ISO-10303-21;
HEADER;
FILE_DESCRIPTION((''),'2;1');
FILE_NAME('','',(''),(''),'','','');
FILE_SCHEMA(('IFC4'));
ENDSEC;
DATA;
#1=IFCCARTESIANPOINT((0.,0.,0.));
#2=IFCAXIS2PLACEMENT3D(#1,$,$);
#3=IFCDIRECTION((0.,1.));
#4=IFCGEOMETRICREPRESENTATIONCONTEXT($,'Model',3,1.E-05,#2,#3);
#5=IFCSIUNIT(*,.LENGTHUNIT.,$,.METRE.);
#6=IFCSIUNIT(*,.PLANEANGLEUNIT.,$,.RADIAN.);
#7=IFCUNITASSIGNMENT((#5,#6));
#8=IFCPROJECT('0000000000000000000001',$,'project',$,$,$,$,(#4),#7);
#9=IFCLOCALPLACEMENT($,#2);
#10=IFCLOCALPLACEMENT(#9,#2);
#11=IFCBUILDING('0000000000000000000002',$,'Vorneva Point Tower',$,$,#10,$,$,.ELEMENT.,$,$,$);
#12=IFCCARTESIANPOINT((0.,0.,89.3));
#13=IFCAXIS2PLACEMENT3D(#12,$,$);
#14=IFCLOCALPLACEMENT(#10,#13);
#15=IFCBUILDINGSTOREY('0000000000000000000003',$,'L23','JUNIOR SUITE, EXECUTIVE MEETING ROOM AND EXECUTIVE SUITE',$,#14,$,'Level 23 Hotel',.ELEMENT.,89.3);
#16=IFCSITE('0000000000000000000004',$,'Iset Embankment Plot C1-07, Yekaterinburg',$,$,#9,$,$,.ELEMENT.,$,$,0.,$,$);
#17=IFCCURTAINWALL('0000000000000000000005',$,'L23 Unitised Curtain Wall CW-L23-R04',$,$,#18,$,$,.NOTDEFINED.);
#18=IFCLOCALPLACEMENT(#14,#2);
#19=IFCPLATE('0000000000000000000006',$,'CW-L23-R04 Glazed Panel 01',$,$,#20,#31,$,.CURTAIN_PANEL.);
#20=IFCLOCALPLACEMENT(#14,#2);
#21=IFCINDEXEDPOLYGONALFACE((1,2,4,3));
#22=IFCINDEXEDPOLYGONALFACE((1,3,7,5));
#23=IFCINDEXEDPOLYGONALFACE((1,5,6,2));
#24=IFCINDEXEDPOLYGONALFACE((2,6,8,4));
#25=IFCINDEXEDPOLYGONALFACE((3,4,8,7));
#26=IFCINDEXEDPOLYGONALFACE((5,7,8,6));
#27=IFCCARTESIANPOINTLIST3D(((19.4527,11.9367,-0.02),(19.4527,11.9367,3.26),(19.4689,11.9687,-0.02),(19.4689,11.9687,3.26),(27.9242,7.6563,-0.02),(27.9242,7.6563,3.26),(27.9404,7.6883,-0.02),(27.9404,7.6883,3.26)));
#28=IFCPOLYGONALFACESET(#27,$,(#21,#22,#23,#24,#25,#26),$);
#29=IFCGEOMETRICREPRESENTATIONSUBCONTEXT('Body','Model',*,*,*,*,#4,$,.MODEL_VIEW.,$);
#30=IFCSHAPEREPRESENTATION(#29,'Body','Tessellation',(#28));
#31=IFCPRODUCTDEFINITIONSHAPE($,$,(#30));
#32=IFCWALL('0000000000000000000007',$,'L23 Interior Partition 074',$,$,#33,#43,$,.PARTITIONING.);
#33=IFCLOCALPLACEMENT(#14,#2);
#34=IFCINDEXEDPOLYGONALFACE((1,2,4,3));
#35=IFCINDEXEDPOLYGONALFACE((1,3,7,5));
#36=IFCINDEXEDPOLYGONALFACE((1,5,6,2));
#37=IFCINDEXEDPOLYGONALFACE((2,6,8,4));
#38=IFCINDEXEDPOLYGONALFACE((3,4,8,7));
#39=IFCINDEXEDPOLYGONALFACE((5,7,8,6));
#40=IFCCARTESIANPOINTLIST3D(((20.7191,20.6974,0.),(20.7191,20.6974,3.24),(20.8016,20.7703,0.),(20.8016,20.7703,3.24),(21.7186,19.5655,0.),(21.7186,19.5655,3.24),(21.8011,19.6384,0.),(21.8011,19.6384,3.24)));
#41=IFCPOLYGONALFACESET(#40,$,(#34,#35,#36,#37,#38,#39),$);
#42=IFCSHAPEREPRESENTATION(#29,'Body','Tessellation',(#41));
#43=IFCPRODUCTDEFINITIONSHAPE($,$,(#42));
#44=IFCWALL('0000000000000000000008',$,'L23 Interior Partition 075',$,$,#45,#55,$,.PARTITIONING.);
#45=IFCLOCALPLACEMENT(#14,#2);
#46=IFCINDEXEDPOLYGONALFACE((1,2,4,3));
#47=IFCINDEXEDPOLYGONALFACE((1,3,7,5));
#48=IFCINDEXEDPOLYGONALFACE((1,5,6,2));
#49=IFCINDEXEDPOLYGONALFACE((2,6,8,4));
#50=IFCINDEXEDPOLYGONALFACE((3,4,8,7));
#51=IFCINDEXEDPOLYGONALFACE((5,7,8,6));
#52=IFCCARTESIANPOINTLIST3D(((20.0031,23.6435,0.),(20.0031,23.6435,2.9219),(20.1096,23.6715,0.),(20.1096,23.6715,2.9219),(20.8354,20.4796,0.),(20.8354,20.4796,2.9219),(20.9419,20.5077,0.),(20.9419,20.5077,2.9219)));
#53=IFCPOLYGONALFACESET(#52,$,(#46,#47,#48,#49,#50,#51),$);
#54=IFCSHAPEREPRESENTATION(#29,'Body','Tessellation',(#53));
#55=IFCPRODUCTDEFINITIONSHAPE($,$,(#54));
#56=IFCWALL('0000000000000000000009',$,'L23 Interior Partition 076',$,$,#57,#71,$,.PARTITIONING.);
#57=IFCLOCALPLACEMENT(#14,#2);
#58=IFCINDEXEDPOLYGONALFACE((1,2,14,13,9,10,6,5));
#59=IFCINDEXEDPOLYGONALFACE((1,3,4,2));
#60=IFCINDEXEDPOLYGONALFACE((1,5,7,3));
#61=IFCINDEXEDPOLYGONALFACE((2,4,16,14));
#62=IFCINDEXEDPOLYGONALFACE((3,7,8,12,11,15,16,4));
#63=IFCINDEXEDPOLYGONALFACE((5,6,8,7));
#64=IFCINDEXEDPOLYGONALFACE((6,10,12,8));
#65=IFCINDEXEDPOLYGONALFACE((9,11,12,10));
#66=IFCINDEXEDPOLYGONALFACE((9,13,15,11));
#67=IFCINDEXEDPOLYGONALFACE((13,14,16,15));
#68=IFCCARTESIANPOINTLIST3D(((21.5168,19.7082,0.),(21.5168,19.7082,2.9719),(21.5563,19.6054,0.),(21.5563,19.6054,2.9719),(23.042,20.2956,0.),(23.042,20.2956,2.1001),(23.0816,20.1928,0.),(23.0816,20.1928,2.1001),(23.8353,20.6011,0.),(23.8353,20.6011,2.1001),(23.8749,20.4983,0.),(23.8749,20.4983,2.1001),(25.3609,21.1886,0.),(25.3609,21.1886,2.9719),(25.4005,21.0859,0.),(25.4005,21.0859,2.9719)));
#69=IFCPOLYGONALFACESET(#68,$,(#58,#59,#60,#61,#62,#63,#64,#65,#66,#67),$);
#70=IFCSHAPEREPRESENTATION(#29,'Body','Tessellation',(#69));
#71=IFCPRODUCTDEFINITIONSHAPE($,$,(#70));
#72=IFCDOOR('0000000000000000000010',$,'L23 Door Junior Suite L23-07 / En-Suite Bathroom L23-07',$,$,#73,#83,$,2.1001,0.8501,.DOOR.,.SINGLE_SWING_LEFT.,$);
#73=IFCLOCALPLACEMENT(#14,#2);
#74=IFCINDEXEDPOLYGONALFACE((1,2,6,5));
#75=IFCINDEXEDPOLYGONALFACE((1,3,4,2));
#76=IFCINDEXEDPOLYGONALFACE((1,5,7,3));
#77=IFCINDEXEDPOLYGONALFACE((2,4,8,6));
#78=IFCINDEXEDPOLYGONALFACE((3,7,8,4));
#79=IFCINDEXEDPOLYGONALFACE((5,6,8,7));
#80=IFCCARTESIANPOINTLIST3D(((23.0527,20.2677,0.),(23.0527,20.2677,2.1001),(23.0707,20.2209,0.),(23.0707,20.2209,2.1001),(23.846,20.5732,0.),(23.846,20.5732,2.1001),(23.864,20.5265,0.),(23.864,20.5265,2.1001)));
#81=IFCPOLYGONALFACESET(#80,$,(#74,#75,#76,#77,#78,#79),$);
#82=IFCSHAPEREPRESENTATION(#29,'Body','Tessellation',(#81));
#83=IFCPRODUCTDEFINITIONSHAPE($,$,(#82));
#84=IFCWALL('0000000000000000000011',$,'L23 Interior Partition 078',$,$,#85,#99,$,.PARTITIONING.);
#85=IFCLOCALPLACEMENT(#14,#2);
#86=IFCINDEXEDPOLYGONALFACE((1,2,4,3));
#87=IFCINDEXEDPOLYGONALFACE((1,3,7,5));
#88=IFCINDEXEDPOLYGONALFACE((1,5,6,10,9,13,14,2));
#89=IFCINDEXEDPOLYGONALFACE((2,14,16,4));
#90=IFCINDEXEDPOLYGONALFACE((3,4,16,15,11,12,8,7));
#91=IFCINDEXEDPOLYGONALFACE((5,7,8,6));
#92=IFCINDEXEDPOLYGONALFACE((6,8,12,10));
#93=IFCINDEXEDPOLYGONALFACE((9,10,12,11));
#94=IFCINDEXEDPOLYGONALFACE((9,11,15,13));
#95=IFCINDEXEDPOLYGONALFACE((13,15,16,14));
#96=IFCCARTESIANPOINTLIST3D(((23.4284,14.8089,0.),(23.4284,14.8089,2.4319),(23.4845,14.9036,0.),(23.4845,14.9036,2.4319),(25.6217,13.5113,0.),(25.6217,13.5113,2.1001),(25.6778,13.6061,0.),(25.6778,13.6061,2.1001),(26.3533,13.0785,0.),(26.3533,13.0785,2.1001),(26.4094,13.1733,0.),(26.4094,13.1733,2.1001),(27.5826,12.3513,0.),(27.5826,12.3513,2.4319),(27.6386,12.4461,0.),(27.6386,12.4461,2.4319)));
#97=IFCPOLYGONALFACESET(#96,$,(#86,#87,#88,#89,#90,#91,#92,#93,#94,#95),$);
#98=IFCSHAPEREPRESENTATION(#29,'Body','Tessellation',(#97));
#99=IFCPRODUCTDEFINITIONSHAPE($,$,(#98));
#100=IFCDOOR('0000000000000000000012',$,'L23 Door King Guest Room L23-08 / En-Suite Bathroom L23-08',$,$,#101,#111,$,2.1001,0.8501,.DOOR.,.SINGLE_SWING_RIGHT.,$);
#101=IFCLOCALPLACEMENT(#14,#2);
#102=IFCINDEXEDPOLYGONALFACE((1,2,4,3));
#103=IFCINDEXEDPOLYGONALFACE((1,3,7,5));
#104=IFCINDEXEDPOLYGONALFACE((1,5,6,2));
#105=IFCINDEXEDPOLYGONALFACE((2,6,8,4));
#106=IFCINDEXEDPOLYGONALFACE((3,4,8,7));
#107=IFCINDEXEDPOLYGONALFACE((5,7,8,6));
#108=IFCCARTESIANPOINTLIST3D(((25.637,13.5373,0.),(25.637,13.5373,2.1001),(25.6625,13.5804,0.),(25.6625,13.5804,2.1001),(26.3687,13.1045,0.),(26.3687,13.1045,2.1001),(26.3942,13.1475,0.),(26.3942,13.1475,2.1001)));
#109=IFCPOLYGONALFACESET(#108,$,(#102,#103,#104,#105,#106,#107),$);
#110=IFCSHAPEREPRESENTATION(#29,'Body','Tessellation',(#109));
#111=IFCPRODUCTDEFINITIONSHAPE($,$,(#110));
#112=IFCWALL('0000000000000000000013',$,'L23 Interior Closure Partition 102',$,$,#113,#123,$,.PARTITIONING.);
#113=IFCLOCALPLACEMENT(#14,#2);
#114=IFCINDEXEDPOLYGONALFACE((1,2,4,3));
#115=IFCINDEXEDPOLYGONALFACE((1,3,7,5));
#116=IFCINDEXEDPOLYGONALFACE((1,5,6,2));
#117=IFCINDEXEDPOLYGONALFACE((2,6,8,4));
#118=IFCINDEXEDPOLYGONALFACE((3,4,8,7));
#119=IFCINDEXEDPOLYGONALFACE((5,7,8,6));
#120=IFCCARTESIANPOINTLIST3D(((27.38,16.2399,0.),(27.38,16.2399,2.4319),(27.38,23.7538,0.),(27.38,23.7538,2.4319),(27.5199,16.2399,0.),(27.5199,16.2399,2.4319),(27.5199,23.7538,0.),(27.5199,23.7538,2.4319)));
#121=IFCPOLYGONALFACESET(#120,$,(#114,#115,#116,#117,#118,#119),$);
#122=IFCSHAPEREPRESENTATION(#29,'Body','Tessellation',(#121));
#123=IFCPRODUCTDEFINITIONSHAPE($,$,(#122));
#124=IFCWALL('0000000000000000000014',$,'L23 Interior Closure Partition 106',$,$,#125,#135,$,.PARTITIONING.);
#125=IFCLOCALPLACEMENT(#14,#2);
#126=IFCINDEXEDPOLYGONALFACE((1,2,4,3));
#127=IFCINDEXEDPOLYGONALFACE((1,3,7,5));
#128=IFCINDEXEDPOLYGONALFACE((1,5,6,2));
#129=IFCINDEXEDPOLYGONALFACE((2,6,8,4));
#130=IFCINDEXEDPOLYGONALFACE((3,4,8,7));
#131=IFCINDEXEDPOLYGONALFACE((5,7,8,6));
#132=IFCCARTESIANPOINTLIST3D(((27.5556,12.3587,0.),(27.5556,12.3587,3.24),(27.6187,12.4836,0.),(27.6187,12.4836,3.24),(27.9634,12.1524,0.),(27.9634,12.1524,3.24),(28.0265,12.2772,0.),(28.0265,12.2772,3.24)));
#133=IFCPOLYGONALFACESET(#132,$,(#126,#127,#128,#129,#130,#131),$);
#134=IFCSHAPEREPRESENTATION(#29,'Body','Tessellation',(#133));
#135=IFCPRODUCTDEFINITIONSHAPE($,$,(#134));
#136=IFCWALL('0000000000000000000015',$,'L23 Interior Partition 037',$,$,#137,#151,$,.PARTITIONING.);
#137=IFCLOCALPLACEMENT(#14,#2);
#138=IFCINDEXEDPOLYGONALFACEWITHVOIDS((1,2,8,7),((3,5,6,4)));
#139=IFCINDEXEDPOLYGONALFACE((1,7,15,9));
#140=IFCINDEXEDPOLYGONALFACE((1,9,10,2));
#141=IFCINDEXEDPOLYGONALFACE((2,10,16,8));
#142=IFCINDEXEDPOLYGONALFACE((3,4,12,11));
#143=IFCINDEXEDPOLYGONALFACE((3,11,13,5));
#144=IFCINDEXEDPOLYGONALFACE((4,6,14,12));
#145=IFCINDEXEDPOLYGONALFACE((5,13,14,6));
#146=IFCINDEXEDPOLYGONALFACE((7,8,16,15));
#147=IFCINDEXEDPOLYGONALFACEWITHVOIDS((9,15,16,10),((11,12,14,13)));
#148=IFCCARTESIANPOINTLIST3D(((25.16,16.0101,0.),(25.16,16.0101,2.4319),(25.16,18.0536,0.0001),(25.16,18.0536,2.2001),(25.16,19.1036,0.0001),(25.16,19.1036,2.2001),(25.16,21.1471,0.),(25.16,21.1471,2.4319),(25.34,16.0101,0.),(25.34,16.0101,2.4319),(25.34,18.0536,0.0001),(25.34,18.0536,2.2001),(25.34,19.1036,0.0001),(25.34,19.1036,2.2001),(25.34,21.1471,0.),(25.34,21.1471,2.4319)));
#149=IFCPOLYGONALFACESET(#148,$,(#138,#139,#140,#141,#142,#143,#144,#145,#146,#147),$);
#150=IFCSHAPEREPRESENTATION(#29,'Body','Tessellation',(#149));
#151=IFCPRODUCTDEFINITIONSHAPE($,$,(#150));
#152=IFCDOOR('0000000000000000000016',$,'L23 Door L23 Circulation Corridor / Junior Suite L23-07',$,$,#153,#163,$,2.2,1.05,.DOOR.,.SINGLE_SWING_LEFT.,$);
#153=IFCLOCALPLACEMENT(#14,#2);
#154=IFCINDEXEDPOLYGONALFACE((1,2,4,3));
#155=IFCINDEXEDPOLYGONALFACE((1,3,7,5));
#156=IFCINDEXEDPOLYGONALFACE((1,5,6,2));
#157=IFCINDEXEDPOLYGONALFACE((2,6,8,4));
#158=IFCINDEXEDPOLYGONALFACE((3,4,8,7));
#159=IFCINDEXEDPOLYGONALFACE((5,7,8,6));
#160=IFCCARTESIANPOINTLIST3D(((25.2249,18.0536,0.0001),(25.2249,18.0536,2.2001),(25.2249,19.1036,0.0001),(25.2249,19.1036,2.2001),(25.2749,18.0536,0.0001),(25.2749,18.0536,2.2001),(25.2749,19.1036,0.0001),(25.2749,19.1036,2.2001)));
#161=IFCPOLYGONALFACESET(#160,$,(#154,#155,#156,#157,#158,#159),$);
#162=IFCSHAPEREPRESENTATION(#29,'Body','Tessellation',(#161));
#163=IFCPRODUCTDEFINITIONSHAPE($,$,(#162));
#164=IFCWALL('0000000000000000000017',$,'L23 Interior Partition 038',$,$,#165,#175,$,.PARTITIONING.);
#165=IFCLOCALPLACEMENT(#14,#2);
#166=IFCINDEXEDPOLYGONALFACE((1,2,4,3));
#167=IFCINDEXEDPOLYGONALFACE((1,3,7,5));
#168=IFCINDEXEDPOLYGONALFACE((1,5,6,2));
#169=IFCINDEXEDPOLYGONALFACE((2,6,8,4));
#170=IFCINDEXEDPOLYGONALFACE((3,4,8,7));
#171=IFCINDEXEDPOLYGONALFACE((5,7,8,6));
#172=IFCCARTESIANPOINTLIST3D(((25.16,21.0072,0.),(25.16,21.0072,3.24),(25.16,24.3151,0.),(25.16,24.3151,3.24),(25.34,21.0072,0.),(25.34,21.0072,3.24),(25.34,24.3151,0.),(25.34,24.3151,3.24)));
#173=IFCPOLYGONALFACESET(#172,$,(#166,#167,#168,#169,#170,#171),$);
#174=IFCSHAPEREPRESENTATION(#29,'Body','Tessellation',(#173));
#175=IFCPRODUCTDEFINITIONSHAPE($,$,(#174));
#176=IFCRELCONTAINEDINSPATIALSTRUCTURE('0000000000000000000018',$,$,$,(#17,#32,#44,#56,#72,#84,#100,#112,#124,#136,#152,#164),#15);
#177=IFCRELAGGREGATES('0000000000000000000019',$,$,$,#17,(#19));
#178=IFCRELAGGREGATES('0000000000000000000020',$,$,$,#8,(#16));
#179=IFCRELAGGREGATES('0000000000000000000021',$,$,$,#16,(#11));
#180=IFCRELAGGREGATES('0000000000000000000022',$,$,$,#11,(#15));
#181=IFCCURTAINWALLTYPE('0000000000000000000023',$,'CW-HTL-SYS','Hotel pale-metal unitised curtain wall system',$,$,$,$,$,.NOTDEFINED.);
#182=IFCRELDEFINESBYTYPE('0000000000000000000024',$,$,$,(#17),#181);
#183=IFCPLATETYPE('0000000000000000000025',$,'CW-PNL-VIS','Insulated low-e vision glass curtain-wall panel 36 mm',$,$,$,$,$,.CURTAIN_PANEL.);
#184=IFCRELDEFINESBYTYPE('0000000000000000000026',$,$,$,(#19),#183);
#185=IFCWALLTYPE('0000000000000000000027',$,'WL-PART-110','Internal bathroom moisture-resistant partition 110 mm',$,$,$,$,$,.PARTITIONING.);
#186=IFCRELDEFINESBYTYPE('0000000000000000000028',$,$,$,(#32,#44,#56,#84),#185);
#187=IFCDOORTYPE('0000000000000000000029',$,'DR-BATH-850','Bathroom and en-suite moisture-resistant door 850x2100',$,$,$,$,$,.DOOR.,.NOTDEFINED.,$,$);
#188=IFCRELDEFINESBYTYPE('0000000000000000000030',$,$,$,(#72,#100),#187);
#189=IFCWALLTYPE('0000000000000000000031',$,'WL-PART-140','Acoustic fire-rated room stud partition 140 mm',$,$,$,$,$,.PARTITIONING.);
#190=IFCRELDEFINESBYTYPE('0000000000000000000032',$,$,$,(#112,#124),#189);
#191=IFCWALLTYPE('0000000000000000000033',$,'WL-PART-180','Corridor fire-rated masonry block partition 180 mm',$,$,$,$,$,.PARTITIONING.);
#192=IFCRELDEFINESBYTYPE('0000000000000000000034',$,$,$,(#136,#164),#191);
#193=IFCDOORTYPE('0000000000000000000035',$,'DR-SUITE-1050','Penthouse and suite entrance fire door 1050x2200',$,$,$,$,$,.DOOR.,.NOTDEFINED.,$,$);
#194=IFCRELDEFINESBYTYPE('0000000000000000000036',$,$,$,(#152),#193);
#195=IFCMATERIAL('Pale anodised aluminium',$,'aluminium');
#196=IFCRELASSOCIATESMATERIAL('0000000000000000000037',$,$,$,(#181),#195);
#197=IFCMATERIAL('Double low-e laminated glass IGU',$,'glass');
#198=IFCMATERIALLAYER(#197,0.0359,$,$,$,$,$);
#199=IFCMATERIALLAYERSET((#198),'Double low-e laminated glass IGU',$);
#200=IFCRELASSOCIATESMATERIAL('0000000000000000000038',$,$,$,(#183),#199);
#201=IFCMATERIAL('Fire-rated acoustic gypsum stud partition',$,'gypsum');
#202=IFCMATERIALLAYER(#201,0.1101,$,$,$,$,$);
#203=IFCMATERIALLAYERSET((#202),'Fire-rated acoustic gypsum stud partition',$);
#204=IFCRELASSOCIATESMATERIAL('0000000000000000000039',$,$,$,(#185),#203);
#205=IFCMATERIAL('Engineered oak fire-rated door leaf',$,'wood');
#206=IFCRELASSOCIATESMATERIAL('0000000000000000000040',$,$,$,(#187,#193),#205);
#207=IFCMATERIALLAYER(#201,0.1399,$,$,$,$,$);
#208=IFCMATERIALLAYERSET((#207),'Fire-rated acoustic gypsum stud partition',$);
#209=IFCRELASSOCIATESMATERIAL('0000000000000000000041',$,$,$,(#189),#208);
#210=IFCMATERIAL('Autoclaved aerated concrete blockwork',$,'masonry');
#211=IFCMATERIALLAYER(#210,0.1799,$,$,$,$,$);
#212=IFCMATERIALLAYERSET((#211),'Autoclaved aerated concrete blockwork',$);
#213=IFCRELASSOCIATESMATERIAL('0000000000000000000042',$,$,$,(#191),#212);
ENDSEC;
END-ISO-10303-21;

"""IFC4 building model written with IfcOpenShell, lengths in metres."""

from ifc_helpers import new_model, si_unit, direction, frame, frame_2d, origin, origin_2d, place, context, subcontext, project, spatial, rectangle, extrude, material, layer, layer_set, type_object, element, fill, aggregate, save


model = new_model("IFC4")

# Units and contexts
model_context = context("Model", 3, precision=1e-05, world=origin(), true_north=direction((0.0, 1.0)))
body_context = subcontext(model_context, "Body", "Model", "MODEL_VIEW")
ifc_project = project(units=[si_unit("LENGTHUNIT", "METRE"), si_unit("PLANEANGLEUNIT", "RADIAN")], contexts=[model_context])

# Site, building, storey
site_placement = place(None, origin())
site = spatial("IfcSite", under=ifc_project, at=site_placement, Name="Iset Embankment Plot C1-07, Yekaterinburg", CompositionType="ELEMENT", RefElevation=0.0)
building_placement = place(site_placement, origin())
building = spatial("IfcBuilding", under=site, at=building_placement, Name="Vorneva Point Tower", CompositionType="ELEMENT")
storey_placement = place(building_placement, frame((0.0, 0.0, 89.3)))
storey = spatial("IfcBuildingStorey", under=building, at=storey_placement, Name="L23", Description="JUNIOR SUITE, EXECUTIVE MEETING ROOM AND EXECUTIVE SUITE", LongName="Level 23 Hotel", CompositionType="ELEMENT", Elevation=89.3)

# Curtain wall, plate
ifc_material_1 = material(Name="Pale anodised aluminium", Category="aluminium")
curtain_wall_type = type_object("IfcCurtainWallType", Name="CW-HTL-SYS", Description="Hotel pale-metal unitised curtain wall system", PredefinedType="NOTDEFINED", material=ifc_material_1)
curtain_wall_placement = place(storey_placement, origin())
curtain_wall = element("IfcCurtainWall", 1, at=curtain_wall_placement, inside=storey, type_object=curtain_wall_type, Name="L23 Unitised Curtain Wall CW-L23-R04", PredefinedType="NOTDEFINED")
ifc_material_2 = material(Name="Double low-e laminated glass IGU", Category="glass")
ifc_layer_1 = layer(ifc_material_2, 0.0359)
ifc_layer_set_1 = layer_set([ifc_layer_1], Name="Double low-e laminated glass IGU")
plate_type = type_object("IfcPlateType", Name="CW-PNL-VIS", Description="Insulated low-e vision glass curtain-wall panel 36 mm", PredefinedType="CURTAIN_PANEL", material=ifc_layer_set_1)
plate_placement = place(storey_placement, frame((23.6965, 9.8125, -0.02), z_axis=(0.0, 0.0, 1.0), x_axis=(0.892539, -0.450971, 0.0)))
plate = element("IfcPlate", 2, at=plate_placement, type_object=plate_type, Name="CW-L23-R04 Glazed Panel 01", PredefinedType="CURTAIN_PANEL", context=body_context, shape_type="SweptSolid", body=[
    extrude(rectangle(XDim=9.4915, YDim=0.0359, at=origin_2d()), origin(), (0.0, 0.0, 1.0), 3.28),
])
aggregate(curtain_wall, [plate])

# Walls
ifc_material_3 = material(Name="Fire-rated acoustic gypsum stud partition", Category="gypsum")
ifc_layer_2 = layer(ifc_material_3, 0.1101)
ifc_layer_set_2 = layer_set([ifc_layer_2], Name="Fire-rated acoustic gypsum stud partition")
wall_type_1 = type_object("IfcWallType", Name="WL-PART-110", Description="Internal bathroom moisture-resistant partition 110 mm", PredefinedType="PARTITIONING", material=ifc_layer_set_2)
wall_1_placement = place(storey_placement, frame((21.7598, 19.6021, 0.0), z_axis=(0.0, 0.0, 1.0), x_axis=(-0.661932, 0.749564, 0.0)))
element("IfcWall", 3, at=wall_1_placement, inside=storey, type_object=wall_type_1, Name="L23 Interior Partition 074", PredefinedType="PARTITIONING", context=body_context, shape_type="SweptSolid", body=[
    extrude(rectangle(XDim=1.51, YDim=0.1101, at=frame_2d((0.7549, 0.0))), origin(), (0.0, 0.0, 1.0), 3.24),
])
wall_2_placement = place(storey_placement, frame((20.8887, 20.4937, 0.0), z_axis=(0.0, 0.0, 1.0), x_axis=(-0.254405, 0.967098, 0.0)))
element("IfcWall", 4, at=wall_2_placement, inside=storey, type_object=wall_type_1, Name="L23 Interior Partition 075", PredefinedType="PARTITIONING", context=body_context, shape_type="SweptSolid", body=[
    extrude(rectangle(XDim=3.2715, YDim=0.1101, at=frame_2d((1.6357, 0.0))), origin(), (0.0, 0.0, 1.0), 2.9219),
])

# Walls, openings, doors
wall_3_placement = place(storey_placement, frame((25.3806, 21.1372, 0.0), z_axis=(0.0, 0.0, 1.0), x_axis=(-0.93319, -0.359384, 0.0)))
wall_3 = element("IfcWall", 5, at=wall_3_placement, inside=storey, type_object=wall_type_1, Name="L23 Interior Partition 076", PredefinedType="PARTITIONING", context=body_context, shape_type="SweptSolid", body=[
    extrude(rectangle(XDim=4.1194, YDim=0.1101, at=frame_2d((2.0596, 0.0))), origin(), (0.0, 0.0, 1.0), 2.9719),
])
opening_1_placement = place(wall_3_placement, frame((1.6348, 0.0, 0.0)))
opening_1 = element("IfcOpeningElement", 6, at=opening_1_placement, cuts=wall_3, PredefinedType="OPENING", context=body_context, shape_type="SweptSolid", body=[
    extrude(rectangle(XDim=0.8501, YDim=2.1001, at=frame_2d((0.425, 1.05))), frame((0.0, 0.0698, 0.0), z_axis=(0.0, -1.0, 0.0), x_axis=(1.0, 0.0, 0.0)), (0.0, 0.0, 1.0), 0.1399),
])
ifc_material_4 = material(Name="Engineered oak fire-rated door leaf", Category="wood")
door_type_1 = type_object("IfcDoorType", Name="DR-BATH-850", Description="Bathroom and en-suite moisture-resistant door 850x2100", OperationType="NOTDEFINED", PredefinedType="DOOR", material=ifc_material_4)
door_1_placement = place(opening_1_placement, origin())
door_1 = element("IfcDoor", 7, at=door_1_placement, inside=storey, type_object=door_type_1, Name="L23 Door Junior Suite L23-07 / En-Suite Bathroom L23-07", OperationType="SINGLE_SWING_LEFT", OverallHeight=2.1001, OverallWidth=0.8501, PredefinedType="DOOR", context=body_context, shape_type="SweptSolid", body=[
    extrude(rectangle(XDim=0.8501, YDim=2.1001, at=frame_2d((0.425, 1.05))), frame((0.0, 0.0249, 0.0), z_axis=(0.0, -1.0, 0.0), x_axis=(1.0, 0.0, 0.0)), (0.0, 0.0, 1.0), 0.05),
])
fill(opening_1, door_1)
wall_4_placement = place(storey_placement, frame((27.6106, 12.3987, 0.0), z_axis=(0.0, 0.0, 1.0), x_axis=(-0.860668, 0.509167, 0.0)))
wall_4 = element("IfcWall", 8, at=wall_4_placement, inside=storey, type_object=wall_type_1, Name="L23 Interior Partition 078", PredefinedType="PARTITIONING", context=body_context, shape_type="SweptSolid", body=[
    extrude(rectangle(XDim=4.8267, YDim=0.1101, at=frame_2d((2.4133, 0.0))), origin(), (0.0, 0.0, 1.0), 2.4319),
])
opening_2_placement = place(wall_4_placement, frame((1.4282, 0.0, 0.0)))
opening_2 = element("IfcOpeningElement", 9, at=opening_2_placement, cuts=wall_4, PredefinedType="OPENING", context=body_context, shape_type="SweptSolid", body=[
    extrude(rectangle(XDim=0.8501, YDim=2.1001, at=frame_2d((0.425, 1.05))), frame((0.0, 0.0698, 0.0), z_axis=(0.0, -1.0, 0.0), x_axis=(1.0, 0.0, 0.0)), (0.0, 0.0, 1.0), 0.1399),
])
door_2_placement = place(opening_2_placement, origin())
door_2 = element("IfcDoor", 10, at=door_2_placement, inside=storey, type_object=door_type_1, Name="L23 Door King Guest Room L23-08 / En-Suite Bathroom L23-08", OperationType="SINGLE_SWING_RIGHT", OverallHeight=2.1001, OverallWidth=0.8501, PredefinedType="DOOR", context=body_context, shape_type="SweptSolid", body=[
    extrude(rectangle(XDim=0.8501, YDim=2.1001, at=frame_2d((0.425, 1.05))), frame((0.0, 0.0249, 0.0), z_axis=(0.0, -1.0, 0.0), x_axis=(1.0, 0.0, 0.0)), (0.0, 0.0, 1.0), 0.05),
])
fill(opening_2, door_2)

# Walls
ifc_layer_3 = layer(ifc_material_3, 0.1399)
ifc_layer_set_3 = layer_set([ifc_layer_3], Name="Fire-rated acoustic gypsum stud partition")
wall_type_2 = type_object("IfcWallType", Name="WL-PART-140", Description="Acoustic fire-rated room stud partition 140 mm", PredefinedType="PARTITIONING", material=ifc_layer_set_3)
wall_5_placement = place(storey_placement, frame((27.45, 16.24, 0.0), z_axis=(0.0, 0.0, 1.0), x_axis=(0.0, 1.0, 0.0)))
element("IfcWall", 11, at=wall_5_placement, inside=storey, type_object=wall_type_2, Name="L23 Interior Closure Partition 102", PredefinedType="PARTITIONING", context=body_context, shape_type="SweptSolid", body=[
    extrude(rectangle(XDim=7.5139, YDim=0.1399, at=frame_2d((3.7568, 0.0))), origin(), (0.0, 0.0, 1.0), 2.4319),
])
wall_6_placement = place(storey_placement, frame((27.5872, 12.4211, 0.0), z_axis=(0.0, 0.0, 1.0), x_axis=(0.89228, -0.451483, 0.0)))
element("IfcWall", 12, at=wall_6_placement, inside=storey, type_object=wall_type_2, Name="L23 Interior Closure Partition 106", PredefinedType="PARTITIONING", context=body_context, shape_type="SweptSolid", body=[
    extrude(rectangle(XDim=0.457, YDim=0.1399, at=frame_2d((0.2285, 0.0))), origin(), (0.0, 0.0, 1.0), 3.24),
])

# Wall, opening, door
ifc_material_5 = material(Name="Autoclaved aerated concrete blockwork", Category="masonry")
ifc_layer_4 = layer(ifc_material_5, 0.1799)
ifc_layer_set_4 = layer_set([ifc_layer_4], Name="Autoclaved aerated concrete blockwork")
wall_type_3 = type_object("IfcWallType", Name="WL-PART-180", Description="Corridor fire-rated masonry block partition 180 mm", PredefinedType="PARTITIONING", material=ifc_layer_set_4)
wall_7_placement = place(storey_placement, frame((25.25, 21.147, 0.0), z_axis=(0.0, 0.0, 1.0), x_axis=(0.0, -1.0, 0.0)))
wall_7 = element("IfcWall", 13, at=wall_7_placement, inside=storey, type_object=wall_type_3, Name="L23 Interior Partition 037", PredefinedType="PARTITIONING", context=body_context, shape_type="SweptSolid", body=[
    extrude(rectangle(XDim=5.137, YDim=0.1799, at=frame_2d((2.5684, 0.0))), origin(), (0.0, 0.0, 1.0), 2.4319),
])
opening_3_placement = place(wall_7_placement, frame((2.0435, 0.0, 0.0)))
opening_3 = element("IfcOpeningElement", 14, at=opening_3_placement, cuts=wall_7, PredefinedType="OPENING", context=body_context, shape_type="SweptSolid", body=[
    extrude(rectangle(XDim=1.05, YDim=2.2, at=frame_2d((0.5249, 1.1001))), frame((0.0, 0.105, 0.0), z_axis=(0.0, -1.0, 0.0), x_axis=(1.0, 0.0, 0.0)), (0.0, 0.0, 1.0), 0.2097),
])
door_type_2 = type_object("IfcDoorType", Name="DR-SUITE-1050", Description="Penthouse and suite entrance fire door 1050x2200", OperationType="NOTDEFINED", PredefinedType="DOOR", material=ifc_material_4)
door_3_placement = place(opening_3_placement, origin())
door_3 = element("IfcDoor", 15, at=door_3_placement, inside=storey, type_object=door_type_2, Name="L23 Door L23 Circulation Corridor / Junior Suite L23-07", OperationType="SINGLE_SWING_LEFT", OverallHeight=2.2, OverallWidth=1.05, PredefinedType="DOOR", context=body_context, shape_type="SweptSolid", body=[
    extrude(rectangle(XDim=1.05, YDim=2.2, at=frame_2d((0.5249, 1.1001))), frame((0.0, 0.0249, 0.0), z_axis=(0.0, -1.0, 0.0), x_axis=(1.0, 0.0, 0.0)), (0.0, 0.0, 1.0), 0.05),
])
fill(opening_3, door_3)

# Wall
wall_8_placement = place(storey_placement, frame((25.25, 24.3149, 0.0), z_axis=(0.0, 0.0, 1.0), x_axis=(0.0, -1.0, 0.0)))
element("IfcWall", 16, at=wall_8_placement, inside=storey, type_object=wall_type_3, Name="L23 Interior Partition 038", PredefinedType="PARTITIONING", context=body_context, shape_type="SweptSolid", body=[
    extrude(rectangle(XDim=3.3079, YDim=0.1799, at=frame_2d((1.6538, 0.0))), origin(), (0.0, 0.0, 1.0), 3.24),
])

save(model, "model.ifc")
